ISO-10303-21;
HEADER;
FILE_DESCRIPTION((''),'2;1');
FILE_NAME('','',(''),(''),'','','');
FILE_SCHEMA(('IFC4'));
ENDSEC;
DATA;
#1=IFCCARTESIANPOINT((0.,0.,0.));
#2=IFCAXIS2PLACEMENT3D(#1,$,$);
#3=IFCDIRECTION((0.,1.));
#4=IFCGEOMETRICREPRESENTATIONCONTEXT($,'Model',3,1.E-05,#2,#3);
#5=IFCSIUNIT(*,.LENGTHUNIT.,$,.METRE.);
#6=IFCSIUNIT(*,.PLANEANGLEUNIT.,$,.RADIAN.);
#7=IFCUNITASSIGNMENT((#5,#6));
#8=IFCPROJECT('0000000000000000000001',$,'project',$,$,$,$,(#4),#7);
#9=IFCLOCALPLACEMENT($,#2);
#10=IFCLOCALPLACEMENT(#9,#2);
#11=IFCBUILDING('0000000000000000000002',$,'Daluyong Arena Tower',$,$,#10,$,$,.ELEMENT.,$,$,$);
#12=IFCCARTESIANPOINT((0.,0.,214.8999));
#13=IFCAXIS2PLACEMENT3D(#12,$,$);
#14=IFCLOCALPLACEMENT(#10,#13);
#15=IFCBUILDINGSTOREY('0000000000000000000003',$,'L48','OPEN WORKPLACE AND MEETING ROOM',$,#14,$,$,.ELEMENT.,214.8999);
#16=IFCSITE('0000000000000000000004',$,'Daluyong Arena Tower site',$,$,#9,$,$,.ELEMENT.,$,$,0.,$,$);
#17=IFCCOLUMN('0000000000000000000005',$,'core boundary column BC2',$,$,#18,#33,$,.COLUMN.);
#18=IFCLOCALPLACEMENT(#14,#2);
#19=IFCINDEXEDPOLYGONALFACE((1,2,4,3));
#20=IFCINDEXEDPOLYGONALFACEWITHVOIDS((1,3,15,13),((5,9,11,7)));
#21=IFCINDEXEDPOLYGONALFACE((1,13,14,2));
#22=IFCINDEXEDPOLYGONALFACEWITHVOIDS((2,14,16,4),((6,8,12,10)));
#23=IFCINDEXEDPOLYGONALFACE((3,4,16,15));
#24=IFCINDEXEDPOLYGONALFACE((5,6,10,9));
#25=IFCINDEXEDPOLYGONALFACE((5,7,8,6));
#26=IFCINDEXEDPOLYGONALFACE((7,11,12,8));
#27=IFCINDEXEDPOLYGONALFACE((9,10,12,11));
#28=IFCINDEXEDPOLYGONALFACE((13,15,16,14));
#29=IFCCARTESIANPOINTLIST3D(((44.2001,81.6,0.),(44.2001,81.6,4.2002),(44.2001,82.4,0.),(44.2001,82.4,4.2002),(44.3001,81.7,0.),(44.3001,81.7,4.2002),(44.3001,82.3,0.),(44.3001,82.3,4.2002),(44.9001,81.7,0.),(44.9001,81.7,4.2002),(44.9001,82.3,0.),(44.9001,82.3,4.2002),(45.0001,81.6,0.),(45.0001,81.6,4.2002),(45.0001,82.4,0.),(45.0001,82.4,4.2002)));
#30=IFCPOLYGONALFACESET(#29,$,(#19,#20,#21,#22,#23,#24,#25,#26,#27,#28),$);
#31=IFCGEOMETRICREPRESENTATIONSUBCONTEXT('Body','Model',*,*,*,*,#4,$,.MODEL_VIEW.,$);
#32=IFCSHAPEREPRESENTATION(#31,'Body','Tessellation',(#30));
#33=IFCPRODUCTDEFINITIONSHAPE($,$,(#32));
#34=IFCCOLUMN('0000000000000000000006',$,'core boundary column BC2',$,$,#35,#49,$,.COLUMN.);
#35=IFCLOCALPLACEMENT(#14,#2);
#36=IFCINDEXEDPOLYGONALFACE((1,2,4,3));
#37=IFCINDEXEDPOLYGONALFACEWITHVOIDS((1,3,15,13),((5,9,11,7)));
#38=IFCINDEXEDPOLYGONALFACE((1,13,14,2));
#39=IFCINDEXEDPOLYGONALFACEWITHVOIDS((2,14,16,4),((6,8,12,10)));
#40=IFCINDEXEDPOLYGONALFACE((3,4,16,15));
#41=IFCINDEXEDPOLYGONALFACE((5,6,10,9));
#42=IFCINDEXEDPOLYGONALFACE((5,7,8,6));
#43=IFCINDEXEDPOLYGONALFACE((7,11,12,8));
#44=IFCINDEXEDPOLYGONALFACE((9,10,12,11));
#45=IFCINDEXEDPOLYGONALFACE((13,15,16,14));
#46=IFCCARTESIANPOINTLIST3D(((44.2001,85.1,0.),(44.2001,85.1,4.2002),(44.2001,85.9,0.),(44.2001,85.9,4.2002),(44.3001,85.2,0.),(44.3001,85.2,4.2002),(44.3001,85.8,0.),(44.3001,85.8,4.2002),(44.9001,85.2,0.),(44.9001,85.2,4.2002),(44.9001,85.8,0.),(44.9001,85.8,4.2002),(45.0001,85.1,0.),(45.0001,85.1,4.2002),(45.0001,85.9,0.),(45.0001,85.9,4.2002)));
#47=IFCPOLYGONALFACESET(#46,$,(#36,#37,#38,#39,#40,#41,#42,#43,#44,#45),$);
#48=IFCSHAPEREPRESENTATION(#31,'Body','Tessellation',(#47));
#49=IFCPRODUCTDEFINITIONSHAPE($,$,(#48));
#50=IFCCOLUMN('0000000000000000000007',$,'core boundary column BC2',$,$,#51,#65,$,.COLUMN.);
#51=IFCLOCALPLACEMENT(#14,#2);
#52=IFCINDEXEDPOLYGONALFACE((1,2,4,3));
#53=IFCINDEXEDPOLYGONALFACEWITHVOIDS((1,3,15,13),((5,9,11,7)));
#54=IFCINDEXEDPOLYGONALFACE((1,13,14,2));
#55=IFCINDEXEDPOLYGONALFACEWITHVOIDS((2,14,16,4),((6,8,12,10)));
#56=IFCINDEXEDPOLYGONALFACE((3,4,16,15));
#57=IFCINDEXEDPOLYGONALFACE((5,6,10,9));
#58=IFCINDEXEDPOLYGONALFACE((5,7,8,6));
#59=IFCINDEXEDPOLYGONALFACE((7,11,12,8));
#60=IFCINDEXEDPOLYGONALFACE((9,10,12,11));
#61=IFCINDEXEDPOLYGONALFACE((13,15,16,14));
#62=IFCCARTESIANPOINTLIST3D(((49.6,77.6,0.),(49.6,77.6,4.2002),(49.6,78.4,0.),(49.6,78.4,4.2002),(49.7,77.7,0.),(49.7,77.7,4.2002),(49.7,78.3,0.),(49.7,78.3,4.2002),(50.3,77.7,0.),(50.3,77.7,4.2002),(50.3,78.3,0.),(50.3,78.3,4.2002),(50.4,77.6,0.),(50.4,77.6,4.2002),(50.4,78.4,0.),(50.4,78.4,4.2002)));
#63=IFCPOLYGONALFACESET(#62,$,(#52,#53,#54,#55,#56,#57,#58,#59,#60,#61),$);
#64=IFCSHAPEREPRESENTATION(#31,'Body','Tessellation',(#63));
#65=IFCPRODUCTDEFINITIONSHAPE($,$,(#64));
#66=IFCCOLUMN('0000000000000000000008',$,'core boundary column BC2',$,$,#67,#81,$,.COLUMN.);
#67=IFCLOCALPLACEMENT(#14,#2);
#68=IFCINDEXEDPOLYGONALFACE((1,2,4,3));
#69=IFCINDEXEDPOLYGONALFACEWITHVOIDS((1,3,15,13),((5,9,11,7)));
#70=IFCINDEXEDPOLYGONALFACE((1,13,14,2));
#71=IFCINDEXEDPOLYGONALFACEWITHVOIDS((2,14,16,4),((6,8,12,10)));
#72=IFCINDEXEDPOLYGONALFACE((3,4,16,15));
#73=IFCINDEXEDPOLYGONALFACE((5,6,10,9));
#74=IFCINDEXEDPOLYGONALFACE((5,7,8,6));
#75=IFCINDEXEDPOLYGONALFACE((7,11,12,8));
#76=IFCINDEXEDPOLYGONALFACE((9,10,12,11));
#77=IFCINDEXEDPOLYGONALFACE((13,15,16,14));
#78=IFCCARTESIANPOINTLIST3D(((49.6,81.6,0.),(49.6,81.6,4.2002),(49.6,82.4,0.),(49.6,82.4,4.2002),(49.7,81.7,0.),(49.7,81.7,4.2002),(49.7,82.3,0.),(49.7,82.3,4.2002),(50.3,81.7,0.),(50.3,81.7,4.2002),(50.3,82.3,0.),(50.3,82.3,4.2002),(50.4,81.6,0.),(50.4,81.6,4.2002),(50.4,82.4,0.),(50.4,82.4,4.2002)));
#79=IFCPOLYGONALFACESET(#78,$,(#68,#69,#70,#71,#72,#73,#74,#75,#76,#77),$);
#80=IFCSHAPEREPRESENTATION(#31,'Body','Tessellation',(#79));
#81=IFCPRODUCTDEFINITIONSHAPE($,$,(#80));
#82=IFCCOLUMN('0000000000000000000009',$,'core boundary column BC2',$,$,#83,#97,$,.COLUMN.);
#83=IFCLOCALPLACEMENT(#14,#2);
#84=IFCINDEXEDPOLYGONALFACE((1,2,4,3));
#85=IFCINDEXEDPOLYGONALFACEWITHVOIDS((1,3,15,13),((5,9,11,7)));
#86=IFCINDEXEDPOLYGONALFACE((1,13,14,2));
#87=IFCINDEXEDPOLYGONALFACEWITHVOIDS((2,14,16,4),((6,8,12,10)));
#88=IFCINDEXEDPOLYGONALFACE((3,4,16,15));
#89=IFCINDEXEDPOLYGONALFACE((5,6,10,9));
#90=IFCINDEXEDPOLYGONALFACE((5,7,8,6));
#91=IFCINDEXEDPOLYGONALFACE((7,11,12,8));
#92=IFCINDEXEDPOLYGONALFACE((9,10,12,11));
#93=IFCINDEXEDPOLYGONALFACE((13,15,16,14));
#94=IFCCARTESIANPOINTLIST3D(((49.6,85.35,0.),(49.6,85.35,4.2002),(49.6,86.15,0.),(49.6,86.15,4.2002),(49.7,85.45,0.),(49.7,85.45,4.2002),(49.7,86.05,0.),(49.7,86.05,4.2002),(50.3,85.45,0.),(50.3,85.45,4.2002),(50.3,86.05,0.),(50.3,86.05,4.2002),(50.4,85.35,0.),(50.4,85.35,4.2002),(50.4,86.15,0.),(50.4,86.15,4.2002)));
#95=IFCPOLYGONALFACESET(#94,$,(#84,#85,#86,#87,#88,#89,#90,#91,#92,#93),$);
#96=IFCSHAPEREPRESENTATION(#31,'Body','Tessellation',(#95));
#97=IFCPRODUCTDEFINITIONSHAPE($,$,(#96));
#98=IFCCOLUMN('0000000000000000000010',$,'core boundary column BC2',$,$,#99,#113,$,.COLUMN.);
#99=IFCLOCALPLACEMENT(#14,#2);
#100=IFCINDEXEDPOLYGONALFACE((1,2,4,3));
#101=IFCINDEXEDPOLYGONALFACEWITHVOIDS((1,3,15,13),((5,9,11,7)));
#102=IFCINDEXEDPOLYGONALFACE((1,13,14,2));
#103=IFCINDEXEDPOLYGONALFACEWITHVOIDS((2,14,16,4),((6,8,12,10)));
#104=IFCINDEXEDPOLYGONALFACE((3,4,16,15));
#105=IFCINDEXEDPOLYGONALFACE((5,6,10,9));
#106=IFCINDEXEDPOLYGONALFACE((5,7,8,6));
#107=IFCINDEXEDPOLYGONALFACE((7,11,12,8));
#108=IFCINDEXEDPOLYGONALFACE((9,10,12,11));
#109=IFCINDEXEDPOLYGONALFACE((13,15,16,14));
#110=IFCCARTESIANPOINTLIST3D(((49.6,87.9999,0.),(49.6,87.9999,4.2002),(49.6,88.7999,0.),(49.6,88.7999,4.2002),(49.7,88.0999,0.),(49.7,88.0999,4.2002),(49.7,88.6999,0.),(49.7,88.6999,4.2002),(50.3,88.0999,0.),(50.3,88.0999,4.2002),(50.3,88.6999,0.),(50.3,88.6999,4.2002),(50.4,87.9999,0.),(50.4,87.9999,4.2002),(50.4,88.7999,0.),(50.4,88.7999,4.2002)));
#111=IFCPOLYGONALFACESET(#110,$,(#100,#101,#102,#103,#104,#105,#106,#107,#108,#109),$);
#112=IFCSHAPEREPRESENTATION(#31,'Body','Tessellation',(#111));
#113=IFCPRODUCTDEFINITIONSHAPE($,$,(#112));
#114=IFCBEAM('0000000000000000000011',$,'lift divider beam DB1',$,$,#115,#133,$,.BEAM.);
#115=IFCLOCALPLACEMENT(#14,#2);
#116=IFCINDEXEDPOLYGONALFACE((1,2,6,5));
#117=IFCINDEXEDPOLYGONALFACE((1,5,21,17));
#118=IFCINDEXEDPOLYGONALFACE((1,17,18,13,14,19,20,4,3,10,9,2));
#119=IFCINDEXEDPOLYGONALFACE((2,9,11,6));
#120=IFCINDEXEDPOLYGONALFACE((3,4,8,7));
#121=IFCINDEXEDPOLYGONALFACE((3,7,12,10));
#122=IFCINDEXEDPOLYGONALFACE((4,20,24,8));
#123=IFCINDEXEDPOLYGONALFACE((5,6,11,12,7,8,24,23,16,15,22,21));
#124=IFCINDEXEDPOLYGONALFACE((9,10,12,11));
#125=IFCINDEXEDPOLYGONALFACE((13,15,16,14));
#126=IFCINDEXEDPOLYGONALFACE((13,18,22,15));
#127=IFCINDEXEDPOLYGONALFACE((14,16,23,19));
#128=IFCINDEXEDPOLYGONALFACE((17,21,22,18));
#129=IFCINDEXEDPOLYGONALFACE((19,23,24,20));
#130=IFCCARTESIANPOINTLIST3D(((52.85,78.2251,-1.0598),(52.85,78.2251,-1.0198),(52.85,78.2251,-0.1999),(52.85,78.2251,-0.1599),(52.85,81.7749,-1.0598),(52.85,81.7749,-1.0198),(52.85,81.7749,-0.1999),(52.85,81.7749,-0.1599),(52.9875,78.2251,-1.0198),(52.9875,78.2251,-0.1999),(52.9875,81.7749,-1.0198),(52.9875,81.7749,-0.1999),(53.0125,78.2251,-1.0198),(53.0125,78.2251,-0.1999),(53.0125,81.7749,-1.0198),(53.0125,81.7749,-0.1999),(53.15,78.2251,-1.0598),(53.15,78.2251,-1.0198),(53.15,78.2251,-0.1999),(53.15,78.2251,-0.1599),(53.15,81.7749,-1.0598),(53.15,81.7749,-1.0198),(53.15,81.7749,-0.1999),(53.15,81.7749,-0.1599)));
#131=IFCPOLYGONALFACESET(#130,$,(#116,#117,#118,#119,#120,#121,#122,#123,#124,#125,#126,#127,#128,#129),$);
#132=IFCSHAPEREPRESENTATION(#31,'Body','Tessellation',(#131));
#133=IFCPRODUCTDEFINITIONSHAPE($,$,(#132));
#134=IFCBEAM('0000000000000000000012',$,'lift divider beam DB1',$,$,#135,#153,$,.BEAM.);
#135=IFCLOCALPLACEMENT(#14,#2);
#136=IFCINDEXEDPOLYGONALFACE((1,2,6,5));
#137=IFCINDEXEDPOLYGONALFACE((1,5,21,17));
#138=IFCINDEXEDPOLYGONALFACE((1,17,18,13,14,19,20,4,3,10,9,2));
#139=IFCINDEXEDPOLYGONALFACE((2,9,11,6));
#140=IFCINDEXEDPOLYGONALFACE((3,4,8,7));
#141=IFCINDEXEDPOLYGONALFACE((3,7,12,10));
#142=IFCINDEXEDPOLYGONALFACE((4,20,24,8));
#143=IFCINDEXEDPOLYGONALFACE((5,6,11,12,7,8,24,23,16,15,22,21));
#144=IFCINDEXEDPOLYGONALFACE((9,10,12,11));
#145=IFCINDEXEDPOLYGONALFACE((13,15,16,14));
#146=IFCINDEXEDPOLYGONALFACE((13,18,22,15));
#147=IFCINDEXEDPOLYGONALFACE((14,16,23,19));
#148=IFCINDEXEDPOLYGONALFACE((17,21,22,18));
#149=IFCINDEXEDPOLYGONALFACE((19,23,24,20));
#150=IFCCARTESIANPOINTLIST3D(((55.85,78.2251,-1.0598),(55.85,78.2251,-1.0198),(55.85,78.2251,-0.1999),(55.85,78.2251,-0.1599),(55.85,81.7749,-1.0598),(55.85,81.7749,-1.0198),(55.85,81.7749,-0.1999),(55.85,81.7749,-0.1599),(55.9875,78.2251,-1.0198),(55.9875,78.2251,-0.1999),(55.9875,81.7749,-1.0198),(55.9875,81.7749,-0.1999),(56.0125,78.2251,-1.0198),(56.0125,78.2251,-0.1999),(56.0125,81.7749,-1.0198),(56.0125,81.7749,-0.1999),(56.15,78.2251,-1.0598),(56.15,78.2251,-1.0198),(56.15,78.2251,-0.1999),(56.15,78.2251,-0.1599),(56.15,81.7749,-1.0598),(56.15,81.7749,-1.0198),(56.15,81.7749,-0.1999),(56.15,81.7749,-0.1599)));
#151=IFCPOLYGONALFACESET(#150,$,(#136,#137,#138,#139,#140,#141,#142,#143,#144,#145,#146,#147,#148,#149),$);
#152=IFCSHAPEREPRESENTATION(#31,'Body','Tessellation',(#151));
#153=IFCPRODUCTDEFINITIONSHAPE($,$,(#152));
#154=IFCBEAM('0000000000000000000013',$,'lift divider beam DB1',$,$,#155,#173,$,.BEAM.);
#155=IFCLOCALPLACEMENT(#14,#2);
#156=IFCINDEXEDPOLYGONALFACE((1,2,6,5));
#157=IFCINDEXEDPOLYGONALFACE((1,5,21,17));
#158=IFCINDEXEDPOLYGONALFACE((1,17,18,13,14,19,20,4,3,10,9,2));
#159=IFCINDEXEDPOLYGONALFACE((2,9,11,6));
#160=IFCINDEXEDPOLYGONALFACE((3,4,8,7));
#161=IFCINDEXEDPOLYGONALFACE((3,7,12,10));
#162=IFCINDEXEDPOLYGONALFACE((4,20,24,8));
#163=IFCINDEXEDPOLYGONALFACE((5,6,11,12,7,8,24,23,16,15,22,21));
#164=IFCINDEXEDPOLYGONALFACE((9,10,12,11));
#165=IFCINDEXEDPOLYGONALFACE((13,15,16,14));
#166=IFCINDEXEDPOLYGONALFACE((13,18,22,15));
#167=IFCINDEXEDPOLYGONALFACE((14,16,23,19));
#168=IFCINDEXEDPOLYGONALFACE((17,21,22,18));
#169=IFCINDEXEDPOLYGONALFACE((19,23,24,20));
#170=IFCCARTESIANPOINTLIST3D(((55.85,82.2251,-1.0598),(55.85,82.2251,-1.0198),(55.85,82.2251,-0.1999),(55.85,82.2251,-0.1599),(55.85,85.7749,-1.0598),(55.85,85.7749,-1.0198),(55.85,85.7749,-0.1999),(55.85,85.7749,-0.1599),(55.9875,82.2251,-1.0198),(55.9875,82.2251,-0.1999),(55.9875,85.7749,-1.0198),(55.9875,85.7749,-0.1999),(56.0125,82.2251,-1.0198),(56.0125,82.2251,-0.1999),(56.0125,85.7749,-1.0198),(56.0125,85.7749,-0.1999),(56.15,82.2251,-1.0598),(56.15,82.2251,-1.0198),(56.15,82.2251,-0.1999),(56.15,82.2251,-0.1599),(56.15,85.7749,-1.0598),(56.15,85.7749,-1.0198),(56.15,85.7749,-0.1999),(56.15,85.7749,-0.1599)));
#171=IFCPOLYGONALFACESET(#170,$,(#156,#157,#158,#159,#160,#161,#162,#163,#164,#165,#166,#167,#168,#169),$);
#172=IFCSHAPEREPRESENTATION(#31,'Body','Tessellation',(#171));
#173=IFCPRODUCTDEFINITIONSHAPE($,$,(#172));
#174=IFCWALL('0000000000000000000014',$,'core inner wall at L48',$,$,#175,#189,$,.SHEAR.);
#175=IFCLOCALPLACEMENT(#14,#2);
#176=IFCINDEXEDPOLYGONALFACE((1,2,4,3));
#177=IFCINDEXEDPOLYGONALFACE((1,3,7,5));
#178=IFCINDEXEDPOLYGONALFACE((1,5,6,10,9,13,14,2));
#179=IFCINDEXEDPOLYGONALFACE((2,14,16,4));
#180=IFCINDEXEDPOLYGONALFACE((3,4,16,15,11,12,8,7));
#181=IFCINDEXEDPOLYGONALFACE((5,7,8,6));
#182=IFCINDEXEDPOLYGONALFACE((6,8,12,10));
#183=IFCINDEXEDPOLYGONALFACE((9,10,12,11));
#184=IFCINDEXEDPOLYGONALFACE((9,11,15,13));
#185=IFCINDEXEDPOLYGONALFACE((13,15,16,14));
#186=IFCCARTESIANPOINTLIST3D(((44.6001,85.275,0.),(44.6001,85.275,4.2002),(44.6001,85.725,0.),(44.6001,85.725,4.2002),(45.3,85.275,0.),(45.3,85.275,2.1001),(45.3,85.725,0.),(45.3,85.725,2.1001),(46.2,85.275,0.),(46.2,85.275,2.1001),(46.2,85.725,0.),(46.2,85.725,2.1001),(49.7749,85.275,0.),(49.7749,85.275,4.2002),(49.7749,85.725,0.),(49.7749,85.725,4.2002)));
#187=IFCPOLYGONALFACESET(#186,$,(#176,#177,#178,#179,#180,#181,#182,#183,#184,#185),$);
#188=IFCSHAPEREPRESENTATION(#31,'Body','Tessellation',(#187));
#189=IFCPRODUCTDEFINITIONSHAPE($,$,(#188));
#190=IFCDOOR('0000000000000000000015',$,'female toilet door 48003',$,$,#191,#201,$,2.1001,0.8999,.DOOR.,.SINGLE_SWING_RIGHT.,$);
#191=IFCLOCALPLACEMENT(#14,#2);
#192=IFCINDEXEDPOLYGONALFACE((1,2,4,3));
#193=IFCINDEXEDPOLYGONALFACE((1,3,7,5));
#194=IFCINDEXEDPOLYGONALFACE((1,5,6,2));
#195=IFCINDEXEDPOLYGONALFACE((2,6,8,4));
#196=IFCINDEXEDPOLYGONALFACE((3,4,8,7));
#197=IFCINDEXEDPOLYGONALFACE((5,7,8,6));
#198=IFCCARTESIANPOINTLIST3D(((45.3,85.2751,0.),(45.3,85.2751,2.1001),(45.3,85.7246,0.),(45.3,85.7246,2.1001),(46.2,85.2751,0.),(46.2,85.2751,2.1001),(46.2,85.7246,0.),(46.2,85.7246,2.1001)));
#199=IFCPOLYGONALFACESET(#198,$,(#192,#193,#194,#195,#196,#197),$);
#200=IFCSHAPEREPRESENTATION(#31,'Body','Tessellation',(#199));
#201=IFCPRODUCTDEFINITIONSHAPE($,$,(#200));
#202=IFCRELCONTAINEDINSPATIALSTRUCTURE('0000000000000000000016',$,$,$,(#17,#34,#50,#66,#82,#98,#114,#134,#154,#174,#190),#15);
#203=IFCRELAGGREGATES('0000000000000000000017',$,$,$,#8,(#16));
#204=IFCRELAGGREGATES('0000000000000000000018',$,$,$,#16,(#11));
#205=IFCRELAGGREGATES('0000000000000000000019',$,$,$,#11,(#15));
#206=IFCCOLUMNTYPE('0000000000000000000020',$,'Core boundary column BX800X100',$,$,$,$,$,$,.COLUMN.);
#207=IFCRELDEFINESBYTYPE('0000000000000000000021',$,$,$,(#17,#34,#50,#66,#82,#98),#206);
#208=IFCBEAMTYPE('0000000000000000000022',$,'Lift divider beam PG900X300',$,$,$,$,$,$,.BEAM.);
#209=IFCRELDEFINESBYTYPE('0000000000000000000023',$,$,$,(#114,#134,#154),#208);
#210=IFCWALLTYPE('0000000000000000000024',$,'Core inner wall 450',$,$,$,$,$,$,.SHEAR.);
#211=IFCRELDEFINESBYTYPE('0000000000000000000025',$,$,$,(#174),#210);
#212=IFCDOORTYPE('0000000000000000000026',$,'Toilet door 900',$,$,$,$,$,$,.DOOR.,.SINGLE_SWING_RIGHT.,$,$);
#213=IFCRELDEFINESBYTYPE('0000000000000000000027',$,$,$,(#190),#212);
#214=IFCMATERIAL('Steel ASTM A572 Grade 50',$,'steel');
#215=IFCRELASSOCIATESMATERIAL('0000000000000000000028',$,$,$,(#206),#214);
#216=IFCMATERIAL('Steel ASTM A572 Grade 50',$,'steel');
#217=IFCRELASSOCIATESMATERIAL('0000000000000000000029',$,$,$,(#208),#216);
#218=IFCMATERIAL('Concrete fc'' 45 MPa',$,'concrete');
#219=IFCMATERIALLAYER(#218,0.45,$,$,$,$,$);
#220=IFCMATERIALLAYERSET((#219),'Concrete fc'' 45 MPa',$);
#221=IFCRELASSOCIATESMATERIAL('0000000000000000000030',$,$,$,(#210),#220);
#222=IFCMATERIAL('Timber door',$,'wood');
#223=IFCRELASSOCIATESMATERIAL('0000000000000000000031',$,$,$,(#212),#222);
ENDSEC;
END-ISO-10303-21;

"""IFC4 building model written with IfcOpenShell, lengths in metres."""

from ifc_helpers import new_model, si_unit, direction, frame, frame_2d, origin, origin_2d, place, context, subcontext, project, spatial, rectangle, hollow_rectangle, i_section, extrude, material, layer, layer_set, material_profile, profile_set, type_object, element, fill, save


model = new_model("IFC4")

# Units and contexts
model_context = context("Model", 3, precision=1e-05, world=origin(), true_north=direction((0.0, 1.0)))
body_context = subcontext(model_context, "Body", "Model", "MODEL_VIEW")
ifc_project = project(units=[si_unit("LENGTHUNIT", "METRE"), si_unit("PLANEANGLEUNIT", "RADIAN")], contexts=[model_context])

# Site, building, storey
site_placement = place(None, origin())
site = spatial("IfcSite", under=ifc_project, at=site_placement, Name="Daluyong Arena Tower site", CompositionType="ELEMENT", RefElevation=0.0)
building_placement = place(site_placement, origin())
building = spatial("IfcBuilding", under=site, at=building_placement, Name="Daluyong Arena Tower", CompositionType="ELEMENT")
storey_placement = place(building_placement, frame((0.0, 0.0, 214.8999)))
storey = spatial("IfcBuildingStorey", under=building, at=storey_placement, Name="L48", Description="OPEN WORKPLACE AND MEETING ROOM", CompositionType="ELEMENT", Elevation=214.8999)

# Columns
ifc_material_1 = material(Name="Steel ASTM A572 Grade 50", Category="steel")
ifc_material_profile_1 = material_profile(ifc_material_1, hollow_rectangle(XDim=0.8, YDim=0.8, WallThickness=0.1, at=origin_2d()))
ifc_profile_set_1 = profile_set([ifc_material_profile_1], Name="Steel ASTM A572 Grade 50")
column_type = type_object("IfcColumnType", Name="Core boundary column BX800X100", PredefinedType="COLUMN", material=ifc_profile_set_1)
for number, where, z_axis, x_axis, name in (
    (1, (44.6001, 82.0, 0.0), (0.0, 0.0, 1.0), (1.0, 0.0, 0.0), "core boundary column BC2"),
    (2, (44.6001, 85.5, 0.0), (0.0, 0.0, 1.0), (1.0, 0.0, 0.0), "core boundary column BC2"),
    (3, (50.0, 78.0, 0.0), (0.0, 0.0, 1.0), (1.0, 0.0, 0.0), "core boundary column BC2"),
    (4, (50.0, 82.0, 0.0), (0.0, 0.0, 1.0), (1.0, 0.0, 0.0), "core boundary column BC2"),
    (5, (50.0, 85.75, 0.0), (0.0, 0.0, 1.0), (1.0, 0.0, 0.0), "core boundary column BC2"),
    (6, (50.0, 88.3999, 0.0), (0.0, 0.0, 1.0), (1.0, 0.0, 0.0), "core boundary column BC2"),
):
    element("IfcColumn", number, at=place(storey_placement, frame(where, z_axis=z_axis, x_axis=x_axis)), inside=storey, type_object=column_type, Name=name, PredefinedType="COLUMN", context=body_context, shape_type="SweptSolid", body=[
        extrude(hollow_rectangle(XDim=0.8, YDim=0.8, WallThickness=0.1, at=origin_2d()), origin(), (0.0, 0.0, 1.0), 4.2002),
    ])

# Beams
ifc_material_2 = material(Name="Steel ASTM A572 Grade 50", Category="steel")
ifc_material_profile_2 = material_profile(ifc_material_2, i_section(OverallWidth=0.3, OverallDepth=0.8999, WebThickness=0.025, FlangeThickness=0.04, at=origin_2d()))
ifc_profile_set_2 = profile_set([ifc_material_profile_2], Name="Steel ASTM A572 Grade 50")
beam_type = type_object("IfcBeamType", Name="Lift divider beam PG900X300", PredefinedType="BEAM", material=ifc_profile_set_2)
for number, where, z_axis, x_axis, name in (
    (7, (53.0, 78.2251, -0.6099), (0.0, 1.0, 0.0), (-1.0, 0.0, 0.0), "lift divider beam DB1"),
    (8, (56.0, 78.2251, -0.6099), (0.0, 1.0, 0.0), (-1.0, 0.0, 0.0), "lift divider beam DB1"),
    (9, (56.0, 82.2251, -0.6099), (0.0, 1.0, 0.0), (-1.0, 0.0, 0.0), "lift divider beam DB1"),
):
    element("IfcBeam", number, at=place(storey_placement, frame(where, z_axis=z_axis, x_axis=x_axis)), inside=storey, type_object=beam_type, Name=name, PredefinedType="BEAM", context=body_context, shape_type="SweptSolid", body=[
        extrude(i_section(OverallWidth=0.3, OverallDepth=0.8999, WebThickness=0.025, FlangeThickness=0.04, at=origin_2d()), origin(), (0.0, 0.0, 1.0), 3.5498),
    ])

# Wall, opening, door
ifc_material_3 = material(Name="Concrete fc' 45 MPa", Category="concrete")
ifc_layer_1 = layer(ifc_material_3, 0.45)
ifc_layer_set_1 = layer_set([ifc_layer_1], Name="Concrete fc' 45 MPa")
wall_type_1 = type_object("IfcWallType", Name="Core inner wall 450", PredefinedType="SHEAR", material=ifc_layer_set_1)
wall_1_placement = place(storey_placement, frame((44.6001, 85.5, 0.0), z_axis=(0.0, 0.0, 1.0), x_axis=(1.0, 0.0, 0.0)))
wall_1 = element("IfcWall", 10, at=wall_1_placement, inside=storey, type_object=wall_type_1, Name="core inner wall at L48", PredefinedType="SHEAR", context=body_context, shape_type="SweptSolid", body=[
    extrude(rectangle(XDim=5.1748, YDim=0.45, at=frame_2d((2.5874, 0.0))), origin(), (0.0, 0.0, 1.0), 4.2002),
])
opening_1_placement = place(wall_1_placement, frame((0.7, 0.0, 0.0)))
opening_1 = element("IfcOpeningElement", 11, at=opening_1_placement, cuts=wall_1, PredefinedType="OPENING", context=body_context, shape_type="SweptSolid", body=[
    extrude(rectangle(XDim=0.8999, YDim=2.1001, at=frame_2d((0.45, 1.05))), frame((0.0, 0.2349, 0.0), z_axis=(0.0, -1.0, 0.0), x_axis=(1.0, 0.0, 0.0)), (0.0, 0.0, 1.0), 0.47),
])
ifc_material_4 = material(Name="Timber door", Category="wood")
door_type_1 = type_object("IfcDoorType", Name="Toilet door 900", OperationType="SINGLE_SWING_RIGHT", PredefinedType="DOOR", material=ifc_material_4)
door_1_placement = place(opening_1_placement, origin())
door_1 = element("IfcDoor", 12, at=door_1_placement, inside=storey, type_object=door_type_1, Name="female toilet door 48003", OperationType="SINGLE_SWING_RIGHT", OverallHeight=2.1001, OverallWidth=0.8999, PredefinedType="DOOR", context=body_context, shape_type="SweptSolid", body=[
    extrude(rectangle(XDim=0.8999, YDim=2.1001, at=frame_2d((0.45, 1.05))), frame((0.0, 0.2246, 0.0), z_axis=(0.0, -1.0, 0.0), x_axis=(1.0, 0.0, 0.0)), (0.0, 0.0, 1.0), 0.4495),
])
fill(opening_1, door_1)

save(model, "model.ifc")
